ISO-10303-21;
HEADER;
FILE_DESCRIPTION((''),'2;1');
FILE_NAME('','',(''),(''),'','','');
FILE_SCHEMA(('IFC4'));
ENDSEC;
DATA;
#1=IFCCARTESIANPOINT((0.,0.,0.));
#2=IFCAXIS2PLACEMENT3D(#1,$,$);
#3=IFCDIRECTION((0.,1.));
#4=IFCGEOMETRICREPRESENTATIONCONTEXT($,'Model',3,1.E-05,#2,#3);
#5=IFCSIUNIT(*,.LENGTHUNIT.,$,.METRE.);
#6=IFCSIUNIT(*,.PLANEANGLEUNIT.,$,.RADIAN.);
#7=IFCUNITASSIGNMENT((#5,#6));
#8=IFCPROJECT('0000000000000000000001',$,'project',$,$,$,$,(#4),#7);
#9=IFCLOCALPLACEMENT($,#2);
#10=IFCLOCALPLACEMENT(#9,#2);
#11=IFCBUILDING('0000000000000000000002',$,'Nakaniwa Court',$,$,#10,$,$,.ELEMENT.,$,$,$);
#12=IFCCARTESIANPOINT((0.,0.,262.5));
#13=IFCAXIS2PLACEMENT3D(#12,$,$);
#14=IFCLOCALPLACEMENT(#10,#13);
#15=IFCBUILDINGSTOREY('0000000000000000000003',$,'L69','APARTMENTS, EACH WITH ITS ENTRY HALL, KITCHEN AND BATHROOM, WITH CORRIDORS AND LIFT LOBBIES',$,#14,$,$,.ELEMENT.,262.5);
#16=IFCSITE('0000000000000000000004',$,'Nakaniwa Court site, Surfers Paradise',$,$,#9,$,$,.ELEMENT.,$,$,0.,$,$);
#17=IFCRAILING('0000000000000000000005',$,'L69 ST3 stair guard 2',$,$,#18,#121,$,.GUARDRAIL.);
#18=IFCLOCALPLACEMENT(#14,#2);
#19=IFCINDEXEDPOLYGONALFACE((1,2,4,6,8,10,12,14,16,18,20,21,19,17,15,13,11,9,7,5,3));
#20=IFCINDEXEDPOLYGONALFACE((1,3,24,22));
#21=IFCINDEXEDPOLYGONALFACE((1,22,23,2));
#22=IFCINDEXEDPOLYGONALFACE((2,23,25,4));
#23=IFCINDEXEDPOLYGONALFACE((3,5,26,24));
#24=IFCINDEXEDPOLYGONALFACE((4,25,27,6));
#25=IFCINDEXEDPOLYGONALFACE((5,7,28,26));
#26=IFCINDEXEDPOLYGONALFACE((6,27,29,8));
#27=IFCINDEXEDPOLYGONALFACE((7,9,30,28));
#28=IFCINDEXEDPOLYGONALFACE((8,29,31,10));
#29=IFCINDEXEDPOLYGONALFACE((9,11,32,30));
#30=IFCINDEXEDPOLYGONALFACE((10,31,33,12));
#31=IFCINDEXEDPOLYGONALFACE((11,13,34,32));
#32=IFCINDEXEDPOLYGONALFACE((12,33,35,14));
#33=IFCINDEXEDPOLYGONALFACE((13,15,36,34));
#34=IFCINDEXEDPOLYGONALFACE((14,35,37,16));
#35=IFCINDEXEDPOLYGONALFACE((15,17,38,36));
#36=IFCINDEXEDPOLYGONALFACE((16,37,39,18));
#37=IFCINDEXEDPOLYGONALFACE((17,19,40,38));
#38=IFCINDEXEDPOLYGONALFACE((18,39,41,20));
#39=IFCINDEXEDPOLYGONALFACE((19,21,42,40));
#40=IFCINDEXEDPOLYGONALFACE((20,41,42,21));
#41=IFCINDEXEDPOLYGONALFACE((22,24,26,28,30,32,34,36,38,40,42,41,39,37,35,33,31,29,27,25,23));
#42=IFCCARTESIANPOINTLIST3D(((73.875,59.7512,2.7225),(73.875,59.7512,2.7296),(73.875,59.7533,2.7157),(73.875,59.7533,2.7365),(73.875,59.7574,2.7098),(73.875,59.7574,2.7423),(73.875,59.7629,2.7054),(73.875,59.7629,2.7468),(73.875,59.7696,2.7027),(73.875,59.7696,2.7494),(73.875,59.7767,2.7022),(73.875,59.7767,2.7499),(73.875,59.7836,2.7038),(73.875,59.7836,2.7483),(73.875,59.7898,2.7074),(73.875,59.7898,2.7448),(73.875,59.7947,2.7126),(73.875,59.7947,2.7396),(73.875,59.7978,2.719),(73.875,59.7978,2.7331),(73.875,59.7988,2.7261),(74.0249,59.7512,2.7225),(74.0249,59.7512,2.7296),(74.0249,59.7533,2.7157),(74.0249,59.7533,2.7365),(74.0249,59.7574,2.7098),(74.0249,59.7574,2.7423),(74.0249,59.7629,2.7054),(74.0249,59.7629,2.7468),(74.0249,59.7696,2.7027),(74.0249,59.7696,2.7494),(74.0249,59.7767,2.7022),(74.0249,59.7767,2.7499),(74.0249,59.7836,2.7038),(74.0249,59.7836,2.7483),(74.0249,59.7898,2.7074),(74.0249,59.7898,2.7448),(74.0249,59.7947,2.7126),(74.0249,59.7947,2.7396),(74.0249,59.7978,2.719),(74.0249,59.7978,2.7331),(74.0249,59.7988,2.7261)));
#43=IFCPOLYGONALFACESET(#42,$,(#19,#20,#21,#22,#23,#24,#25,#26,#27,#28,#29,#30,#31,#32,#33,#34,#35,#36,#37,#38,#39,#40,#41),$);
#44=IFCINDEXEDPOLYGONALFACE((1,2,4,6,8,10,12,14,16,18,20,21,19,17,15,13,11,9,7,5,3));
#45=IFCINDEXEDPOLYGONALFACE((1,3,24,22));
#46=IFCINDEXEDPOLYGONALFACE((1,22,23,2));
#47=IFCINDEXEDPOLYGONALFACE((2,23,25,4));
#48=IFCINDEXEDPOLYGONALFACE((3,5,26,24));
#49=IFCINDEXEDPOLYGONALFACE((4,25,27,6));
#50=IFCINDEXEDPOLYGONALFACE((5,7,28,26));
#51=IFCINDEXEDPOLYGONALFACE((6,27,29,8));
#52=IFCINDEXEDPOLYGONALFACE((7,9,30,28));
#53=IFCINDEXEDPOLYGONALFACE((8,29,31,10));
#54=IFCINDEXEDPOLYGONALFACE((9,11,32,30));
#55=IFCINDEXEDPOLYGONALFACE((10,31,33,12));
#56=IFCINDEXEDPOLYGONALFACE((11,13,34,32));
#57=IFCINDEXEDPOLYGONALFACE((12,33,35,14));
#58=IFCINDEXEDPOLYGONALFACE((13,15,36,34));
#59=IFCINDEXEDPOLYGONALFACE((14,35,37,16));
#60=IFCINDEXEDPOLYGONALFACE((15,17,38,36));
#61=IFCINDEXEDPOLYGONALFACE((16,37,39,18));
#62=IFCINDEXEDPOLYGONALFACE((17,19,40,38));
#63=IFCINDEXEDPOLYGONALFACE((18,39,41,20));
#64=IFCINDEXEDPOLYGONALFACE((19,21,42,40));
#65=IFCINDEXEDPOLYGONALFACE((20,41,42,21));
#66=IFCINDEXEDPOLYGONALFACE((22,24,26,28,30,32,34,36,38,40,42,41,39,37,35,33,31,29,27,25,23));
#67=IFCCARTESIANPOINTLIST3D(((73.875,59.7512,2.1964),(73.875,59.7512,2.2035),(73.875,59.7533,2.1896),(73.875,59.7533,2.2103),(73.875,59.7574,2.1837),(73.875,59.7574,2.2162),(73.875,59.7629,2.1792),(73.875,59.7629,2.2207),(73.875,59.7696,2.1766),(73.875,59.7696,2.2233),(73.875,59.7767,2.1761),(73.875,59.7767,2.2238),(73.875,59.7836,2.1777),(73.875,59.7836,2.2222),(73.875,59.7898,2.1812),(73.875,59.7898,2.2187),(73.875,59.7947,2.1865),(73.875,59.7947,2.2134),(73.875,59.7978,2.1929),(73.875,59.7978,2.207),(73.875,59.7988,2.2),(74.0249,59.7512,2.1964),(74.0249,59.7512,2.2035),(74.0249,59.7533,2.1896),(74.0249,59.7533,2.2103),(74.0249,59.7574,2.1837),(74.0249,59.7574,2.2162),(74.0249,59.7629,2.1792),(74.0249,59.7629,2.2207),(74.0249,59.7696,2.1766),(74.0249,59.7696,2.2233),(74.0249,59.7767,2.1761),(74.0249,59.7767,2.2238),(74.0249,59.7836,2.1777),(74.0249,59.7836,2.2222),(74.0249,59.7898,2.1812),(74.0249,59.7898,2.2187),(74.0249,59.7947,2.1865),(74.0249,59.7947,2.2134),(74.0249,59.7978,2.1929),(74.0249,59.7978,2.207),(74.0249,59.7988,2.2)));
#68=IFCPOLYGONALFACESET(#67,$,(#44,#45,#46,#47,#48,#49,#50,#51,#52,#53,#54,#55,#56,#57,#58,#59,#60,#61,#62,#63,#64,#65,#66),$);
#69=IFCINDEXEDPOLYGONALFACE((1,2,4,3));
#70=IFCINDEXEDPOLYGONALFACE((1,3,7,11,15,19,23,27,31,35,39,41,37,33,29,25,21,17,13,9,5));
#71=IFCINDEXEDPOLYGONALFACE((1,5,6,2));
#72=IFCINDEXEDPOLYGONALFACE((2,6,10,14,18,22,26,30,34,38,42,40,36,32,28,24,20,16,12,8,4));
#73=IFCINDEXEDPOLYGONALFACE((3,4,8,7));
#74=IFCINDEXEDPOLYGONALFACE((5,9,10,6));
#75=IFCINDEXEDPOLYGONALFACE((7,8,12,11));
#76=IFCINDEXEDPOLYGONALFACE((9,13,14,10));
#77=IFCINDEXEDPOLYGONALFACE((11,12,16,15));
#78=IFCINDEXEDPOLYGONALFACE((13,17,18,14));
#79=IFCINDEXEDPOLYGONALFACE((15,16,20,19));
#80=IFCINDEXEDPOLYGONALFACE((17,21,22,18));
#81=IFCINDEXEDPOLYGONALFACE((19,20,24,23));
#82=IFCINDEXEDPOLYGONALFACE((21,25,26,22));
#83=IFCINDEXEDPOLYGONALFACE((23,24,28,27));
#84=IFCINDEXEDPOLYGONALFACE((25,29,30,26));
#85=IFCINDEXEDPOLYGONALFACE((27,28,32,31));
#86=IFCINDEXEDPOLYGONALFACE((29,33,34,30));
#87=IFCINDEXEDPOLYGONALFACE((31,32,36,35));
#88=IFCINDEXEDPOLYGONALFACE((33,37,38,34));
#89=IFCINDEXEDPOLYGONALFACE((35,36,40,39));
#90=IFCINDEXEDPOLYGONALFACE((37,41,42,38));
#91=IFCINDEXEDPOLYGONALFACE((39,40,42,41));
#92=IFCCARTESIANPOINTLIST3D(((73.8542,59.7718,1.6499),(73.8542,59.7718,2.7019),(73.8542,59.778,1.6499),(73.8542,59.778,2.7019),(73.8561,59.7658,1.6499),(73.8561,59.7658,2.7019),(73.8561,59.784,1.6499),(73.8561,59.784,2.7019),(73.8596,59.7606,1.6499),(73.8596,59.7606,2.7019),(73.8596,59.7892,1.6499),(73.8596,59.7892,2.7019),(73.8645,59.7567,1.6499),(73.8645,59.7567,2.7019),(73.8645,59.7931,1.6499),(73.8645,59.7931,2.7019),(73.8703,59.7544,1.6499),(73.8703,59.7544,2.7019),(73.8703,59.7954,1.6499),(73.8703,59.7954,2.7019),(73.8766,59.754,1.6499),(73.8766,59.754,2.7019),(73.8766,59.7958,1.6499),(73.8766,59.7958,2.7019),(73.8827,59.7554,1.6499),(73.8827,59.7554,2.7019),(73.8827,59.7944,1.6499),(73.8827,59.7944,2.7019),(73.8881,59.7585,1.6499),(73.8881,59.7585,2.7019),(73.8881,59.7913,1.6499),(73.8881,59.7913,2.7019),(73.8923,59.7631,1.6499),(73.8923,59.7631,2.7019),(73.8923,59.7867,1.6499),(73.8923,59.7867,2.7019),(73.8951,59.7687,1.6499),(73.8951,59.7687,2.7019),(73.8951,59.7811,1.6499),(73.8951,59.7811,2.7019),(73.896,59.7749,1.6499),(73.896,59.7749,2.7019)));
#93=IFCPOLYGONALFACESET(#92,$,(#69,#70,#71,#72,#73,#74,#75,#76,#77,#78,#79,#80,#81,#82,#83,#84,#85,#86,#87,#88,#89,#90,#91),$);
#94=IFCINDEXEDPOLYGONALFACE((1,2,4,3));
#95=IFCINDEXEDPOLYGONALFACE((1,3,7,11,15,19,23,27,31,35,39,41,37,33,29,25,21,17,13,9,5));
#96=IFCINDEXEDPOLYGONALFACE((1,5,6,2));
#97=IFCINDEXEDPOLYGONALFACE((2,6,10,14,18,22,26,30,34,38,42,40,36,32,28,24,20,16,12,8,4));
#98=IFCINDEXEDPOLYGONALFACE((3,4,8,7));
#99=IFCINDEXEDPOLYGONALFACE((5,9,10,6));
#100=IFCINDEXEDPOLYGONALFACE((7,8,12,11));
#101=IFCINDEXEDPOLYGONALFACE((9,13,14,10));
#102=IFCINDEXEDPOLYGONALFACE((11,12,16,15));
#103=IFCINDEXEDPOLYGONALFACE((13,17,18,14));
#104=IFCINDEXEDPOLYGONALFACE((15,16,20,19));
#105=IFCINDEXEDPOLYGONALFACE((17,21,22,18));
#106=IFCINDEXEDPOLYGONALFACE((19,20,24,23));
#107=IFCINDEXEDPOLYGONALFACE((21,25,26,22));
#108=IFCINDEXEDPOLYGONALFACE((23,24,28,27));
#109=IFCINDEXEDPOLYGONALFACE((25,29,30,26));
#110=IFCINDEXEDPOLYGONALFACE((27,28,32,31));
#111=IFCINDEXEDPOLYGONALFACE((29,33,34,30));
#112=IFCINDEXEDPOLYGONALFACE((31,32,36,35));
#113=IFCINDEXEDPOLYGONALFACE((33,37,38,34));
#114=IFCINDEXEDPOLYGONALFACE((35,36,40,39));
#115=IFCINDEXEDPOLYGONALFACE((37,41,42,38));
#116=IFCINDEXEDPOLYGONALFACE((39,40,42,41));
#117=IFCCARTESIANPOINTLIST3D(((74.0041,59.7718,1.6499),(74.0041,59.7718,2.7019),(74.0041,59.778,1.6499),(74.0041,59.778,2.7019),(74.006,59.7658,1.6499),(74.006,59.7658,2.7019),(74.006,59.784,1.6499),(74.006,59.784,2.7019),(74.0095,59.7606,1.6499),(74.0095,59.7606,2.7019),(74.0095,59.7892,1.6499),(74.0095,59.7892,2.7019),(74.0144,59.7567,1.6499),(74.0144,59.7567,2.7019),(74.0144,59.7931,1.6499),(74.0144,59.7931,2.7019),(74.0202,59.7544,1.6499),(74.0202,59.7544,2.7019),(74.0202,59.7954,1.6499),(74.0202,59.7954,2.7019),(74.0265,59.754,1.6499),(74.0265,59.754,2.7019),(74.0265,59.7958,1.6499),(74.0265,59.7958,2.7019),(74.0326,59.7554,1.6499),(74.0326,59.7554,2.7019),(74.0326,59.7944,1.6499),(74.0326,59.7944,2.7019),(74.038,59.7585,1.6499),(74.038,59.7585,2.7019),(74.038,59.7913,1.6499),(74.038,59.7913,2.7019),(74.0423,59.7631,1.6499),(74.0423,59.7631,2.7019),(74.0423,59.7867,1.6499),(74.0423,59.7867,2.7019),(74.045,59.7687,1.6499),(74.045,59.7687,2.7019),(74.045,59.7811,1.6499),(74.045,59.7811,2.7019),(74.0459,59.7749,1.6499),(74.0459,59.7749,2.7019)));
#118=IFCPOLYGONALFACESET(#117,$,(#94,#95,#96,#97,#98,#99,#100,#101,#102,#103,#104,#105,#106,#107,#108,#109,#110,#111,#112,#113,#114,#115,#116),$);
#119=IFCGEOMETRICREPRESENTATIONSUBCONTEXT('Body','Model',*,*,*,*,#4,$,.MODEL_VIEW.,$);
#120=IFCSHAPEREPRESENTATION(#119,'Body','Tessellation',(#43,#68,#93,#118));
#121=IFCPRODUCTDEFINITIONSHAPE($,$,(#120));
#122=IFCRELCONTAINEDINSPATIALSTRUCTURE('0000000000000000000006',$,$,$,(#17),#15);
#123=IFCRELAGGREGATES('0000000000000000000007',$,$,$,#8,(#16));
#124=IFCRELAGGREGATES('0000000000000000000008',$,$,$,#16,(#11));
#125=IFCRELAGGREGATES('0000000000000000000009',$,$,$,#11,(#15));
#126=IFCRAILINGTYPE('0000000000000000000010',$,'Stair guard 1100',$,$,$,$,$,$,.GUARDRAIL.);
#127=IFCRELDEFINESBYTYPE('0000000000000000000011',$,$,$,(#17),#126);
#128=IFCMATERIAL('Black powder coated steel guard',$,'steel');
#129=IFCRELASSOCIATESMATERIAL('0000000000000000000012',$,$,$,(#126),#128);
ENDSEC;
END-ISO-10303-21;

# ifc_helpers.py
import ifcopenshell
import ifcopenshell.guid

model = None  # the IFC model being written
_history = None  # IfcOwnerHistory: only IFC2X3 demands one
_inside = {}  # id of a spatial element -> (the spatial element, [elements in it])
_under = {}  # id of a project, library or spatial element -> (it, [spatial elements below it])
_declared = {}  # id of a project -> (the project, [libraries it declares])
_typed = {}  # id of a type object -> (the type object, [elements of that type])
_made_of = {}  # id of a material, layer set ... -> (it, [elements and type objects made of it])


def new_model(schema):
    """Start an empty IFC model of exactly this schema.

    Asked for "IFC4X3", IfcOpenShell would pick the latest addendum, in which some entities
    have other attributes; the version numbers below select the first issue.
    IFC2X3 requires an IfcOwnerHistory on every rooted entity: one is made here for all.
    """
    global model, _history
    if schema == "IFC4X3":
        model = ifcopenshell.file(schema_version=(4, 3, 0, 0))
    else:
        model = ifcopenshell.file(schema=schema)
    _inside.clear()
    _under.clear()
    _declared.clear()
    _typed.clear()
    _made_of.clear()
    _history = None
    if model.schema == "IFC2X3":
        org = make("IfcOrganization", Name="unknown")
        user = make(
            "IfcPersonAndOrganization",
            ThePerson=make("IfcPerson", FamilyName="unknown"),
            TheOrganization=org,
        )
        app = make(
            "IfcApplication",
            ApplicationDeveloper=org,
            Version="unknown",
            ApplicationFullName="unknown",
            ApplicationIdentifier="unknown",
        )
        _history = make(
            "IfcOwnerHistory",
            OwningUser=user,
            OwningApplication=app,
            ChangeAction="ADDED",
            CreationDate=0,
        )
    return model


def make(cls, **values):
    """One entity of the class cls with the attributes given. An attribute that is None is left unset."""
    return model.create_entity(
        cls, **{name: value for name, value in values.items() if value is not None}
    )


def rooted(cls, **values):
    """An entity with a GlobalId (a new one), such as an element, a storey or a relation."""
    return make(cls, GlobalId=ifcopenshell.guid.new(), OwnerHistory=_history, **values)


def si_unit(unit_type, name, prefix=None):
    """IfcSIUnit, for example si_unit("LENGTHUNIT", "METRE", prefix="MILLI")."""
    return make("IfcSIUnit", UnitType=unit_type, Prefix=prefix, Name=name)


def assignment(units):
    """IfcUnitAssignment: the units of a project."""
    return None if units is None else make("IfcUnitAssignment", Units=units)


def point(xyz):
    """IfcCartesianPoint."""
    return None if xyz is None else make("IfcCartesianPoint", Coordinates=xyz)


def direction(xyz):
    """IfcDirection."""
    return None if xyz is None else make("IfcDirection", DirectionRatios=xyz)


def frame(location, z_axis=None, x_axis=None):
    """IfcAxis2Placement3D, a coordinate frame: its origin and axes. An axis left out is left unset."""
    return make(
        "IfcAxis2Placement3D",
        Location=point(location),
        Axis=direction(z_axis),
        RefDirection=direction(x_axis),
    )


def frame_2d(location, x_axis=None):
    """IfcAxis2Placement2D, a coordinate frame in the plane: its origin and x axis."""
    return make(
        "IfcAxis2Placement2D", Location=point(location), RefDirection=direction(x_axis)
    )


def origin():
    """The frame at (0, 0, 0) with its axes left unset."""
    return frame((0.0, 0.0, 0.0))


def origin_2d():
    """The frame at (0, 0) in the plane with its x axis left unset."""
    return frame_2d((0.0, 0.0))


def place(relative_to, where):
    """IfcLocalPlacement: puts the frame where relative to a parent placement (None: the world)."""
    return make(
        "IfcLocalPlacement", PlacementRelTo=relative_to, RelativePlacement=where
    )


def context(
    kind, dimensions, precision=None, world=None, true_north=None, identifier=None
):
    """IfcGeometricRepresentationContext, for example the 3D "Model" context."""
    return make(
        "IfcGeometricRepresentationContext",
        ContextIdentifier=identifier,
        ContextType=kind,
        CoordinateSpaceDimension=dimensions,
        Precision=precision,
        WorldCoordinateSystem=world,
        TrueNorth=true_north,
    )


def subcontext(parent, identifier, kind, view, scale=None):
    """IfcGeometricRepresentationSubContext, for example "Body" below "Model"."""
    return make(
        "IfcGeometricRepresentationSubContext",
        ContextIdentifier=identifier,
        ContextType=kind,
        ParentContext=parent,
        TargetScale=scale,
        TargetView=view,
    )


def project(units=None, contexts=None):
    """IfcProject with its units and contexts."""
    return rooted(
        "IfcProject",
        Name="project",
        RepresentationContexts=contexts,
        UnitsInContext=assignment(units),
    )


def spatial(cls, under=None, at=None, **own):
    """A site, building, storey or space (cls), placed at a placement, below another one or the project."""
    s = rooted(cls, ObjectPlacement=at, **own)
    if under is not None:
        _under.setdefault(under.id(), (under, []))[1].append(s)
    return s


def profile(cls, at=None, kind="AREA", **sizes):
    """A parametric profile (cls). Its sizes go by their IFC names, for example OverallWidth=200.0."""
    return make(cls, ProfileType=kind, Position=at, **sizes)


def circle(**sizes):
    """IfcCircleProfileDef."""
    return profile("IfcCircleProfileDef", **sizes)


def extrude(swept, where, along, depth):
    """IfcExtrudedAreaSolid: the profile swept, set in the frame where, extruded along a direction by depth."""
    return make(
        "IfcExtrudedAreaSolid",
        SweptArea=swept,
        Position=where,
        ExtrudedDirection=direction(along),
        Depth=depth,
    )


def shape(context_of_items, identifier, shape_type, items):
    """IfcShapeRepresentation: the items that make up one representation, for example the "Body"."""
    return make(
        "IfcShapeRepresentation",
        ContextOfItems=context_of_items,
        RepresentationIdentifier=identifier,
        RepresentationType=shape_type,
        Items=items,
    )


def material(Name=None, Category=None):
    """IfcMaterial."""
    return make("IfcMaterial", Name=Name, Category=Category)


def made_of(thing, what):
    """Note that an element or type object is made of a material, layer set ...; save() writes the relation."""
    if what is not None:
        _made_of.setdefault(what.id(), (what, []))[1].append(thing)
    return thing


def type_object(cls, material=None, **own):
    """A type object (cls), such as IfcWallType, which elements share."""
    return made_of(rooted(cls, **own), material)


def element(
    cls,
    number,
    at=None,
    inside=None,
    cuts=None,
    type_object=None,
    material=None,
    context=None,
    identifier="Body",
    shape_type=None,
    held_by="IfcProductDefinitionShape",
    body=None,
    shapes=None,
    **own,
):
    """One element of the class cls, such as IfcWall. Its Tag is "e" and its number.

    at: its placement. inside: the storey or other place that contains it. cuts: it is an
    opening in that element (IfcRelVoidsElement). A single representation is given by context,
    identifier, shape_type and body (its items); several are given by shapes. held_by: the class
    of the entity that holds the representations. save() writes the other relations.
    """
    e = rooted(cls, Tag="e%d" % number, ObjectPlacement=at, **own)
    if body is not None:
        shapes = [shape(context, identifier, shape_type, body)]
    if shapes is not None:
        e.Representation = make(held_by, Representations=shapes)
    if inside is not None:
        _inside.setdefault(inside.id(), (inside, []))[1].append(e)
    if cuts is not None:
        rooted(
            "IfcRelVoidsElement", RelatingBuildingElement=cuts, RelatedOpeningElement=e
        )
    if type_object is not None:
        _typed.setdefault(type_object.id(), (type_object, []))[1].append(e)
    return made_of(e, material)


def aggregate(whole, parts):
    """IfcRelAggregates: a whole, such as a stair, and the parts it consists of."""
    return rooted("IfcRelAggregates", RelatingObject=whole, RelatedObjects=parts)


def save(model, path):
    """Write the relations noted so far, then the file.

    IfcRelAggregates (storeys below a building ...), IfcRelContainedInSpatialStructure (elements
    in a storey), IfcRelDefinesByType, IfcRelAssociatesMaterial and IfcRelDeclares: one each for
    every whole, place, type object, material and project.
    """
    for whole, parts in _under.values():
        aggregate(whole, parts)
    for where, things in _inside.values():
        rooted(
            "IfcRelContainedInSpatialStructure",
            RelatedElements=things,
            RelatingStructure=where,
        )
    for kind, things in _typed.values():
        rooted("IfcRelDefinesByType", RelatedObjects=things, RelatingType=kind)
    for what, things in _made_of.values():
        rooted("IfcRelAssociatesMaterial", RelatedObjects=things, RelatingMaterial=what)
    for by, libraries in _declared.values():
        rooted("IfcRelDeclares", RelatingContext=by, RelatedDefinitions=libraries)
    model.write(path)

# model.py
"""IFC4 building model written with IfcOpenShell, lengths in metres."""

from ifc_helpers import new_model, si_unit, direction, frame, origin, origin_2d, place, context, subcontext, project, spatial, circle, extrude, material, type_object, element, save


model = new_model("IFC4")

# Units and contexts
model_context = context("Model", 3, precision=1e-05, world=origin(), true_north=direction((0.0, 1.0)))
body_context = subcontext(model_context, "Body", "Model", "MODEL_VIEW")
ifc_project = project(units=[si_unit("LENGTHUNIT", "METRE"), si_unit("PLANEANGLEUNIT", "RADIAN")], contexts=[model_context])

# Site, building, storey
site_placement = place(None, origin())
site = spatial("IfcSite", under=ifc_project, at=site_placement, Name="Nakaniwa Court site, Surfers Paradise", CompositionType="ELEMENT", RefElevation=0.0)
building_placement = place(site_placement, origin())
building = spatial("IfcBuilding", under=site, at=building_placement, Name="Nakaniwa Court", CompositionType="ELEMENT")
storey_placement = place(building_placement, frame((0.0, 0.0, 262.5)))
storey = spatial("IfcBuildingStorey", under=building, at=storey_placement, Name="L69", Description="APARTMENTS, EACH WITH ITS ENTRY HALL, KITCHEN AND BATHROOM, WITH CORRIDORS AND LIFT LOBBIES", CompositionType="ELEMENT", Elevation=262.5)

# Railing
ifc_material_1 = material(Name="Black powder coated steel guard", Category="steel")
railing_type_1 = type_object("IfcRailingType", Name="Stair guard 1100", PredefinedType="GUARDRAIL", material=ifc_material_1)
railing_1_placement = place(storey_placement, frame((73.875, 59.7749, 1.6499)))
element("IfcRailing", 1, at=railing_1_placement, inside=storey, type_object=railing_type_1, Name="L69 ST3 stair guard 2", PredefinedType="GUARDRAIL", context=body_context, shape_type="SweptSolid", body=[
    extrude(circle(Radius=0.0239, at=origin_2d()), frame((0.0, 0.0, 1.0762), z_axis=(1.0, 0.0, 0.0), x_axis=(0.0, 1.0, 0.0)), (0.0, 0.0, 1.0), 0.1499),
    extrude(circle(Radius=0.0239, at=origin_2d()), frame((0.0, 0.0, 0.55), z_axis=(1.0, 0.0, 0.0), x_axis=(0.0, 1.0, 0.0)), (0.0, 0.0, 1.0), 0.1499),
    extrude(circle(Radius=0.021, at=origin_2d()), origin(), (0.0, 0.0, 1.0), 1.052),
    extrude(circle(Radius=0.021, at=origin_2d()), frame((0.1499, 0.0, 0.0)), (0.0, 0.0, 1.0), 1.052),
])

save(model, "model.ifc")
